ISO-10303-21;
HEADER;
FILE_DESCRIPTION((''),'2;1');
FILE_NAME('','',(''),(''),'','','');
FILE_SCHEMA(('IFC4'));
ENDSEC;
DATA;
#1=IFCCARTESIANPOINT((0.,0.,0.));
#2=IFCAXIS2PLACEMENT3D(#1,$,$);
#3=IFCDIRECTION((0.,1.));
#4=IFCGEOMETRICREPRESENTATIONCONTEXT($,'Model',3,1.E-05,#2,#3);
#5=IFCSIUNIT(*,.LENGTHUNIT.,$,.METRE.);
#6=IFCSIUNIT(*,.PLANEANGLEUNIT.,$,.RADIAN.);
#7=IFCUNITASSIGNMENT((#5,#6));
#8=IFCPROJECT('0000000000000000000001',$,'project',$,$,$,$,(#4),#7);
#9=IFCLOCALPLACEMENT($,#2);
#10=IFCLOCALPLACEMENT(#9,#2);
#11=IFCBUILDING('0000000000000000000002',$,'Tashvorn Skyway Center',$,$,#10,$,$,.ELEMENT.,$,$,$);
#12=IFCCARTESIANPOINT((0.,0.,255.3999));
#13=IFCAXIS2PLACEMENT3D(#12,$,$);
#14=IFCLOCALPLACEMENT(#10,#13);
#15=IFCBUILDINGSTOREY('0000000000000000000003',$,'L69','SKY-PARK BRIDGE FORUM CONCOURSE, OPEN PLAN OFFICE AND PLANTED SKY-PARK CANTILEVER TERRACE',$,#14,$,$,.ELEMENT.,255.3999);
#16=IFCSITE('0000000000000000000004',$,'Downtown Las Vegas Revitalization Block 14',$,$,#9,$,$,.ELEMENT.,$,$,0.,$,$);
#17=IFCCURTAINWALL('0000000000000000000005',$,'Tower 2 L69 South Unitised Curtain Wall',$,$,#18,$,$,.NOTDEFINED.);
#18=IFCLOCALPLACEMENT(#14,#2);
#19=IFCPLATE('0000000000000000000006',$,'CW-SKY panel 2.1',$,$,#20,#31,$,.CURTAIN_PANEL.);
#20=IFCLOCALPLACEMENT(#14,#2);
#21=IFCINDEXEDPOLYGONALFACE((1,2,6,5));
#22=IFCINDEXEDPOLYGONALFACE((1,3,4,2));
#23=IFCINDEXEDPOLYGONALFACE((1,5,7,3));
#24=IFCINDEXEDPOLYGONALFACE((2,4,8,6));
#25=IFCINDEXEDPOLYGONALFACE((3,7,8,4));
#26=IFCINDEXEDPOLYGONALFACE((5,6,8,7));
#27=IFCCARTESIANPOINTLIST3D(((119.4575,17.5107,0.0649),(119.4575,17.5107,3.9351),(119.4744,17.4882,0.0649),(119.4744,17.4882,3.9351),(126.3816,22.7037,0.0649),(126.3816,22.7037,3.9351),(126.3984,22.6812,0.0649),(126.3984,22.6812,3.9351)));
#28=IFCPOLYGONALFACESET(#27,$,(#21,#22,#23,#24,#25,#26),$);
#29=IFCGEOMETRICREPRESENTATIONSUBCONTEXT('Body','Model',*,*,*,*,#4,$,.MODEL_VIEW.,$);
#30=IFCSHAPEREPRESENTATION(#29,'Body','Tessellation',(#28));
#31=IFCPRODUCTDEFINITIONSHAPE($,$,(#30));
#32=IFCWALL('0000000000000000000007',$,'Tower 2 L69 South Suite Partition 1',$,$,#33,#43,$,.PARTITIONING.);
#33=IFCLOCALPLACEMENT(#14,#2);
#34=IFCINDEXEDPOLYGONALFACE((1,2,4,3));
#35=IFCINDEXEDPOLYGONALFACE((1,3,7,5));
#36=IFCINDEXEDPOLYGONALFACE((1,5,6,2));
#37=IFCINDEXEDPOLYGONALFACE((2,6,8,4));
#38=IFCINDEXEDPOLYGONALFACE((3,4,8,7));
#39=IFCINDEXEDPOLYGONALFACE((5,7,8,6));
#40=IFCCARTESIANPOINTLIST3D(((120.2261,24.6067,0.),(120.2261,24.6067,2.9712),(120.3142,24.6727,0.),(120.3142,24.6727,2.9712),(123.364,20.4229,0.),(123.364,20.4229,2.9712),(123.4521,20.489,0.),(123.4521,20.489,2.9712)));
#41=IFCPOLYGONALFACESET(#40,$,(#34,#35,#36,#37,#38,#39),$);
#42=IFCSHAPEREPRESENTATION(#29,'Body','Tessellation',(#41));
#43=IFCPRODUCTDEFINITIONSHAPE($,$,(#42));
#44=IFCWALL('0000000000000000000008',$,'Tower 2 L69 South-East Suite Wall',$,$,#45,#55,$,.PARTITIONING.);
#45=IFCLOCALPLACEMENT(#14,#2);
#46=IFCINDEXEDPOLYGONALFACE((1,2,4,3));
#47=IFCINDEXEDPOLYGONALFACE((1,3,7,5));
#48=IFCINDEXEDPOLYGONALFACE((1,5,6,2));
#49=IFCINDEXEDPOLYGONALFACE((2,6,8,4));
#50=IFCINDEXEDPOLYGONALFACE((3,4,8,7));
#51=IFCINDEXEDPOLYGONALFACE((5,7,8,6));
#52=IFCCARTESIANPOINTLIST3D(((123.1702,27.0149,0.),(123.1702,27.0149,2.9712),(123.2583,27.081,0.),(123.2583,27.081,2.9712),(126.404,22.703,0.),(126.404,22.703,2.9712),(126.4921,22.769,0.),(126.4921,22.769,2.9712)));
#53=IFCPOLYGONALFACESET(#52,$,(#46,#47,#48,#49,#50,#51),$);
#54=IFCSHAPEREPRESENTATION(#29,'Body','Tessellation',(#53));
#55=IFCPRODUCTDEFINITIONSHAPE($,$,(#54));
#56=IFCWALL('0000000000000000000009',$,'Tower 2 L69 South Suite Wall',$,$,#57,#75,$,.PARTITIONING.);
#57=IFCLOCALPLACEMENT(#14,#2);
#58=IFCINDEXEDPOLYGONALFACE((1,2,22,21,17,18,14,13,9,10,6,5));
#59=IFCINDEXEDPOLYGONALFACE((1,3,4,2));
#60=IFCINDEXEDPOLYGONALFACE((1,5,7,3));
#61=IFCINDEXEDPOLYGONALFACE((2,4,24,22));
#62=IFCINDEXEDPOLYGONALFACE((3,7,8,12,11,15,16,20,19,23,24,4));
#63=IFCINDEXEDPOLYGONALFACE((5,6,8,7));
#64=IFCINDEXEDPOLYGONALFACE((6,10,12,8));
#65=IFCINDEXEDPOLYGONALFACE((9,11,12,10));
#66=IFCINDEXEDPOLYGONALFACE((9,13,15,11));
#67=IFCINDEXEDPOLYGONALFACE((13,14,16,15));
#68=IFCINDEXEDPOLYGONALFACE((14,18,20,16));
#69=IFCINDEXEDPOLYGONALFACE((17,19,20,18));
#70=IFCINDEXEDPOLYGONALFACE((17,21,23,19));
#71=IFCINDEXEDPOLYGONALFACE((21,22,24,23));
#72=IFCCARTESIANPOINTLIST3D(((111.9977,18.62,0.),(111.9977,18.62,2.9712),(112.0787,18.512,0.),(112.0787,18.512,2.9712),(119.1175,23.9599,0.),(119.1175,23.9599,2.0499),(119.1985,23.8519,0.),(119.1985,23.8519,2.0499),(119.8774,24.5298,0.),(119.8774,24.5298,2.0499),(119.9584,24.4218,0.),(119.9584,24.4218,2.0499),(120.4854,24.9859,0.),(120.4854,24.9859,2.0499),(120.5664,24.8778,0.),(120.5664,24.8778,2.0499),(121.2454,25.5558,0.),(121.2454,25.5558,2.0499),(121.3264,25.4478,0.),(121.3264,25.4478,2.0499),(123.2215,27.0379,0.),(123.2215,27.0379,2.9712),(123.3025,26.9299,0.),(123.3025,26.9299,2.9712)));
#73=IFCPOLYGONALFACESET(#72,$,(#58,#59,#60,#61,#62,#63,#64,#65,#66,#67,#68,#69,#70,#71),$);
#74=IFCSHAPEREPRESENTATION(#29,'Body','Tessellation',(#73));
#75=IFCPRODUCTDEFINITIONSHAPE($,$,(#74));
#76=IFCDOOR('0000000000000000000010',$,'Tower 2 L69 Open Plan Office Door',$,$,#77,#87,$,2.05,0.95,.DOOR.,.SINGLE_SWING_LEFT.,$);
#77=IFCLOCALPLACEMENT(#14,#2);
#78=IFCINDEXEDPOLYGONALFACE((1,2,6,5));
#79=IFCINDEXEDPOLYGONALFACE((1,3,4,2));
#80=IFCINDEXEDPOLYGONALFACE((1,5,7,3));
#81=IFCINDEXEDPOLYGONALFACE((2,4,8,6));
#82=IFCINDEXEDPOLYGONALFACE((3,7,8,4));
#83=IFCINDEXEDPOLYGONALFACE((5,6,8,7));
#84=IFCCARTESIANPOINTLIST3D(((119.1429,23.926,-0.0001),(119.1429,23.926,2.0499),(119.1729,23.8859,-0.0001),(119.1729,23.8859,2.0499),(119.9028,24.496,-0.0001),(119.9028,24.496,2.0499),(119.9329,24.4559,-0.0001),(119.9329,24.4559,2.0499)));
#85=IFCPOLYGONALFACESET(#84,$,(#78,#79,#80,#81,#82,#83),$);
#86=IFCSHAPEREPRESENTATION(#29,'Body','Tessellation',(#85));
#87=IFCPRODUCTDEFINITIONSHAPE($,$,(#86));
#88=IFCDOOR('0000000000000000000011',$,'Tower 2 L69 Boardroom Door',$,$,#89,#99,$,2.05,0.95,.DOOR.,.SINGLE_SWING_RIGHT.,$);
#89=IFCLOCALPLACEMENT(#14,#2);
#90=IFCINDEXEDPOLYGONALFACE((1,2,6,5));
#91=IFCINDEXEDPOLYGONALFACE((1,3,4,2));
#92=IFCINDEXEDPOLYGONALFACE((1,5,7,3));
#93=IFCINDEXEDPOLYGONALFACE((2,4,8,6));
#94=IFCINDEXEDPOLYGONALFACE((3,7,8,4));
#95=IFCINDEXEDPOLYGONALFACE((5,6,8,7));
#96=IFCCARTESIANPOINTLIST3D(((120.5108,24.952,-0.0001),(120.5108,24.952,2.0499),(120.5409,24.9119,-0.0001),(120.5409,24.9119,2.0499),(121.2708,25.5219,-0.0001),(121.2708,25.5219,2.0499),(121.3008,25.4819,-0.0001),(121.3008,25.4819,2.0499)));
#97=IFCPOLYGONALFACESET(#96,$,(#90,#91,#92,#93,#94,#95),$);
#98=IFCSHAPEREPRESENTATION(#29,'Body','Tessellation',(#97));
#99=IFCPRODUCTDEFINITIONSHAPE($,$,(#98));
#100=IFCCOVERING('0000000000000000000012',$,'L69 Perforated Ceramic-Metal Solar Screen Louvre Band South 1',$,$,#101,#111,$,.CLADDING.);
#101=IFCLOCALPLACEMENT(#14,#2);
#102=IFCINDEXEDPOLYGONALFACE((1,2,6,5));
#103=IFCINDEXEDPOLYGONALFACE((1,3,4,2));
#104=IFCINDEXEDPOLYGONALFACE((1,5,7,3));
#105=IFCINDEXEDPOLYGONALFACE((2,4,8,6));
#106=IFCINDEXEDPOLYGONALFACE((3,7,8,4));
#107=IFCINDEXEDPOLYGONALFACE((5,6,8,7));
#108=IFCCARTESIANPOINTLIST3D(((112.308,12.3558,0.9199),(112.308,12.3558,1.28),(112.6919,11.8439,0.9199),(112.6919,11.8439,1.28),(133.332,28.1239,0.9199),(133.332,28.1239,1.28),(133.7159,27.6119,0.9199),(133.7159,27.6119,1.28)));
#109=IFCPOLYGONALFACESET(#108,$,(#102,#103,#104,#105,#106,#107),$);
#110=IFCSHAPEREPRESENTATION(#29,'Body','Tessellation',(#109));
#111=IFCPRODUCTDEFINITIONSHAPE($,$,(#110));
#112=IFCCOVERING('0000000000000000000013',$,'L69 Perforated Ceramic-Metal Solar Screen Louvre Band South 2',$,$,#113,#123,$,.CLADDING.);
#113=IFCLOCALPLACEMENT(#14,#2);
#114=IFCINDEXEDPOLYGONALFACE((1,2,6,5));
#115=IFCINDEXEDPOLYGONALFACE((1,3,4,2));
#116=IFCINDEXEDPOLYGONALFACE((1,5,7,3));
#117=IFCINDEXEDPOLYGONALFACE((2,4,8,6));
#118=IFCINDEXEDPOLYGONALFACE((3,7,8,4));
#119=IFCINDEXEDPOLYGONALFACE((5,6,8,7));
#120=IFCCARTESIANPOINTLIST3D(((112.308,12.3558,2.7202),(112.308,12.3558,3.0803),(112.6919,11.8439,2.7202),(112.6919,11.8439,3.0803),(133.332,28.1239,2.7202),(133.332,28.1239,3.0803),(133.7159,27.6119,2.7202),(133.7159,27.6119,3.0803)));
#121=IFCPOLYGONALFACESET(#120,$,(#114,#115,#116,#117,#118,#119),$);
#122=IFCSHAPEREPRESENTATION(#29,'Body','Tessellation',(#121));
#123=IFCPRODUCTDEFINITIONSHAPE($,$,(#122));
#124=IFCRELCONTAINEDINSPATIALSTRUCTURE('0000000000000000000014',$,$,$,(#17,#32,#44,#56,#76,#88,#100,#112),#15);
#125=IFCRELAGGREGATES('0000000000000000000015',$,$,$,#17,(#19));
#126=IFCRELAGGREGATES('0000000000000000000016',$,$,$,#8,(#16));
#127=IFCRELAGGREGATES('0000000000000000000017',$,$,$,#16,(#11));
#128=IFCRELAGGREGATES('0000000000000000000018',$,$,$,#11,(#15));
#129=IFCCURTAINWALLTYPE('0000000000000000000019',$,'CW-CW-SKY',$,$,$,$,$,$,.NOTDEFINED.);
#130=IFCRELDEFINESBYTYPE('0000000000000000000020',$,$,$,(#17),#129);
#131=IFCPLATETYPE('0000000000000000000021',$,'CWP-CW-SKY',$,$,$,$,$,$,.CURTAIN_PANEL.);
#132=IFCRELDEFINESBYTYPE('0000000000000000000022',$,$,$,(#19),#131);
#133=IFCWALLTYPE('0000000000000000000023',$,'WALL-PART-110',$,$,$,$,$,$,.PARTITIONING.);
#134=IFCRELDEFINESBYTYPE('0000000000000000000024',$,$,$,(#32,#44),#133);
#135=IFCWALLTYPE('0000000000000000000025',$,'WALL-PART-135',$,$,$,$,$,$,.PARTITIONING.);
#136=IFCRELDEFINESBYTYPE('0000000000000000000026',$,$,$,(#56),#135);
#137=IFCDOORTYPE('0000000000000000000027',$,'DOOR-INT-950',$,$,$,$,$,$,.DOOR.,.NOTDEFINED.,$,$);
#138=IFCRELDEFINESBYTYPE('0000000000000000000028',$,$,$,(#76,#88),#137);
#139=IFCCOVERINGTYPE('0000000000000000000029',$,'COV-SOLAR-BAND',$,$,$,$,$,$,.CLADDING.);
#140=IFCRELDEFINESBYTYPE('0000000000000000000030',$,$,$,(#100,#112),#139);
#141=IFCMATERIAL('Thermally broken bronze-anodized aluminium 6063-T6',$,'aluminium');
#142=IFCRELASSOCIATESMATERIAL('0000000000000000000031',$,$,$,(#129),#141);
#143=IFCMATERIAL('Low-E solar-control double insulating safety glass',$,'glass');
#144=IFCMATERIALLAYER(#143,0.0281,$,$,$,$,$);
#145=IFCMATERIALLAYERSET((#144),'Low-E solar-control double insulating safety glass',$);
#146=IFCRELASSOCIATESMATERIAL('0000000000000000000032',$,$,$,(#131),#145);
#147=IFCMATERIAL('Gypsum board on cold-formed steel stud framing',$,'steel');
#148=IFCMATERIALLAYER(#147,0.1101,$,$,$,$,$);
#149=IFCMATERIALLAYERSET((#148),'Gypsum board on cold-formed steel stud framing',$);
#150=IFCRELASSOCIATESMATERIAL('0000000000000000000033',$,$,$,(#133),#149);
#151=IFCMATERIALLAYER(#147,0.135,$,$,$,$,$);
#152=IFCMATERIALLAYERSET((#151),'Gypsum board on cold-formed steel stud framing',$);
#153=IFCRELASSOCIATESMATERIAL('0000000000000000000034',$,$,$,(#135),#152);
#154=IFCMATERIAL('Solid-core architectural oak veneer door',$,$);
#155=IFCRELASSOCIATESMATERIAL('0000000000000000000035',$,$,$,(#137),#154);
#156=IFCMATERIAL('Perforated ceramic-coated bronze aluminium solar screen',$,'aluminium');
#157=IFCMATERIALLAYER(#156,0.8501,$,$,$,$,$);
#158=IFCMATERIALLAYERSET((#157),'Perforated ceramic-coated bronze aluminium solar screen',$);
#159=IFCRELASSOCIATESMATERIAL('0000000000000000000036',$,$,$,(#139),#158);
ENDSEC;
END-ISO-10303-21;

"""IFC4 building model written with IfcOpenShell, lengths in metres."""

from ifc_helpers import new_model, si_unit, direction, frame, frame_2d, origin, origin_2d, place, context, subcontext, project, spatial, rectangle, extrude, material, layer, layer_set, type_object, element, fill, aggregate, save


model = new_model("IFC4")

# Units and contexts
model_context = context("Model", 3, precision=1e-05, world=origin(), true_north=direction((0.0, 1.0)))
body_context = subcontext(model_context, "Body", "Model", "MODEL_VIEW")
ifc_project = project(units=[si_unit("LENGTHUNIT", "METRE"), si_unit("PLANEANGLEUNIT", "RADIAN")], contexts=[model_context])

# Site, building, storey
site_placement = place(None, origin())
site = spatial("IfcSite", under=ifc_project, at=site_placement, Name="Downtown Las Vegas Revitalization Block 14", CompositionType="ELEMENT", RefElevation=0.0)
building_placement = place(site_placement, origin())
building = spatial("IfcBuilding", under=site, at=building_placement, Name="Tashvorn Skyway Center", CompositionType="ELEMENT")
storey_placement = place(building_placement, frame((0.0, 0.0, 255.3999)))
storey = spatial("IfcBuildingStorey", under=building, at=storey_placement, Name="L69", Description="SKY-PARK BRIDGE FORUM CONCOURSE, OPEN PLAN OFFICE AND PLANTED SKY-PARK CANTILEVER TERRACE", CompositionType="ELEMENT", Elevation=255.3999)

# Curtain wall, plate
ifc_material_1 = material(Name="Thermally broken bronze-anodized aluminium 6063-T6", Category="aluminium")
curtain_wall_type = type_object("IfcCurtainWallType", Name="CW-CW-SKY", PredefinedType="NOTDEFINED", material=ifc_material_1)
curtain_wall_placement = place(storey_placement, origin())
curtain_wall = element("IfcCurtainWall", 1, at=curtain_wall_placement, inside=storey, type_object=curtain_wall_type, Name="Tower 2 L69 South Unitised Curtain Wall", PredefinedType="NOTDEFINED")
ifc_material_2 = material(Name="Low-E solar-control double insulating safety glass", Category="glass")
ifc_layer_1 = layer(ifc_material_2, 0.0281)
ifc_layer_set_1 = layer_set([ifc_layer_1], Name="Low-E solar-control double insulating safety glass")
plate_type = type_object("IfcPlateType", Name="CWP-CW-SKY", PredefinedType="CURTAIN_PANEL", material=ifc_layer_set_1)
plate_1_placement = place(storey_placement, frame((122.928, 20.0959, 0.0649), z_axis=(0.0, 0.0, 1.0), x_axis=(-0.8, -0.6, 0.0)))
plate_1 = element("IfcPlate", 2, at=plate_1_placement, type_object=plate_type, Name="CW-SKY panel 2.1", PredefinedType="CURTAIN_PANEL", context=body_context, shape_type="SweptSolid", body=[
    extrude(rectangle(XDim=8.655, YDim=0.0281, at=origin_2d()), origin(), (0.0, 0.0, 1.0), 3.8701),
])
aggregate(curtain_wall, [plate_1])

# Walls
ifc_material_3 = material(Name="Gypsum board on cold-formed steel stud framing", Category="steel")
ifc_layer_2 = layer(ifc_material_3, 0.1101)
ifc_layer_set_2 = layer_set([ifc_layer_2], Name="Gypsum board on cold-formed steel stud framing")
wall_type_1 = type_object("IfcWallType", Name="WALL-PART-110", PredefinedType="PARTITIONING", material=ifc_layer_set_2)
wall_1_placement = place(storey_placement, frame((123.408, 20.4561, 0.0), z_axis=(0.0, 0.0, 1.0), x_axis=(-0.600007, 0.799994, 0.0)))
element("IfcWall", 3, at=wall_1_placement, inside=storey, type_object=wall_type_1, Name="Tower 2 L69 South Suite Partition 1", PredefinedType="PARTITIONING", context=body_context, shape_type="SweptSolid", body=[
    extrude(rectangle(XDim=5.2297, YDim=0.1101, at=frame_2d((2.6147, 0.0))), origin(), (0.0, 0.0, 1.0), 2.9712),
])
wall_2_placement = place(storey_placement, frame((126.448, 22.7361, 0.0), z_axis=(0.0, 0.0, 1.0), x_axis=(-0.599986, 0.800011, 0.0)))
element("IfcWall", 4, at=wall_2_placement, inside=storey, type_object=wall_type_1, Name="Tower 2 L69 South-East Suite Wall", PredefinedType="PARTITIONING", context=body_context, shape_type="SweptSolid", body=[
    extrude(rectangle(XDim=5.3899, YDim=0.1101, at=frame_2d((2.6948, 0.0))), origin(), (0.0, 0.0, 1.0), 2.9712),
])

# Wall, openings, doors
ifc_layer_3 = layer(ifc_material_3, 0.135)
ifc_layer_set_3 = layer_set([ifc_layer_3], Name="Gypsum board on cold-formed steel stud framing")
wall_type_2 = type_object("IfcWallType", Name="WALL-PART-135", PredefinedType="PARTITIONING", material=ifc_layer_set_3)
wall_3_placement = place(storey_placement, frame((123.262, 26.9839, 0.0), z_axis=(0.0, 0.0, 1.0), x_axis=(-0.799998, -0.600003, 0.0)))
wall_3 = element("IfcWall", 5, at=wall_3_placement, inside=storey, type_object=wall_type_2, Name="Tower 2 L69 South Suite Wall", PredefinedType="PARTITIONING", context=body_context, shape_type="SweptSolid", body=[
    extrude(rectangle(XDim=14.0298, YDim=0.135, at=frame_2d((7.0149, 0.0))), origin(), (0.0, 0.0, 1.0), 2.9712),
])
opening_1_placement = place(wall_3_placement, frame((4.1799, 0.0, 0.0)))
opening_1 = element("IfcOpeningElement", 6, at=opening_1_placement, cuts=wall_3, PredefinedType="OPENING", context=body_context, shape_type="SweptSolid", body=[
    extrude(rectangle(XDim=0.95, YDim=2.05, at=frame_2d((0.4751, 1.0249))), frame((0.0, 0.0774, 0.0), z_axis=(0.0, -1.0, 0.0), x_axis=(1.0, 0.0, 0.0)), (0.0, 0.0, 1.0), 0.155),
])
opening_2_placement = place(wall_3_placement, frame((2.47, 0.0, 0.0)))
opening_2 = element("IfcOpeningElement", 7, at=opening_2_placement, cuts=wall_3, PredefinedType="OPENING", context=body_context, shape_type="SweptSolid", body=[
    extrude(rectangle(XDim=0.95, YDim=2.05, at=frame_2d((0.4751, 1.0249))), frame((0.0, 0.0774, 0.0), z_axis=(0.0, -1.0, 0.0), x_axis=(1.0, 0.0, 0.0)), (0.0, 0.0, 1.0), 0.155),
])
ifc_material_4 = material(Name="Solid-core architectural oak veneer door")
door_type = type_object("IfcDoorType", Name="DOOR-INT-950", OperationType="NOTDEFINED", PredefinedType="DOOR", material=ifc_material_4)
door_1_placement = place(opening_1_placement, origin())
door_1 = element("IfcDoor", 8, at=door_1_placement, inside=storey, type_object=door_type, Name="Tower 2 L69 Open Plan Office Door", OperationType="SINGLE_SWING_LEFT", OverallHeight=2.05, OverallWidth=0.95, PredefinedType="DOOR", context=body_context, shape_type="SweptSolid", body=[
    extrude(rectangle(XDim=0.95, YDim=2.05, at=frame_2d((0.4751, 1.0249))), frame((0.0, 0.0249, 0.0), z_axis=(0.0, -1.0, 0.0), x_axis=(1.0, 0.0, 0.0)), (0.0, 0.0, 1.0), 0.05),
])
fill(opening_1, door_1)
door_2_placement = place(opening_2_placement, origin())
door_2 = element("IfcDoor", 9, at=door_2_placement, inside=storey, type_object=door_type, Name="Tower 2 L69 Boardroom Door", OperationType="SINGLE_SWING_RIGHT", OverallHeight=2.05, OverallWidth=0.95, PredefinedType="DOOR", context=body_context, shape_type="SweptSolid", body=[
    extrude(rectangle(XDim=0.95, YDim=2.05, at=frame_2d((0.4751, 1.0249))), frame((0.0, 0.0249, 0.0), z_axis=(0.0, -1.0, 0.0), x_axis=(1.0, 0.0, 0.0)), (0.0, 0.0, 1.0), 0.05),
])
fill(opening_2, door_2)

# Coverings
ifc_material_5 = material(Name="Perforated ceramic-coated bronze aluminium solar screen", Category="aluminium")
ifc_layer_4 = layer(ifc_material_5, 0.8501)
ifc_layer_set_4 = layer_set([ifc_layer_4], Name="Perforated ceramic-coated bronze aluminium solar screen")
covering_type = type_object("IfcCoveringType", Name="COV-SOLAR-BAND", PredefinedType="CLADDING", material=ifc_layer_set_4)
for number, where, z_axis, x_axis, name in (
    (10, (123.012, 19.9839, 0.9199), (0.0, 0.0, 1.0), (-0.8, -0.6, 0.0), "L69 Perforated Ceramic-Metal Solar Screen Louvre Band South 1"),
    (11, (123.012, 19.9839, 2.7202), (0.0, 0.0, 1.0), (-0.8, -0.6, 0.0), "L69 Perforated Ceramic-Metal Solar Screen Louvre Band South 2"),
):
    element("IfcCovering", number, at=place(storey_placement, frame(where, z_axis=z_axis, x_axis=x_axis)), inside=storey, type_object=covering_type, Name=name, PredefinedType="CLADDING", context=body_context, shape_type="SweptSolid", body=[
        extrude(rectangle(XDim=26.28, YDim=0.6399, at=origin_2d()), origin(), (0.0, 0.0, 1.0), 0.3601),
    ])

save(model, "model.ifc")
